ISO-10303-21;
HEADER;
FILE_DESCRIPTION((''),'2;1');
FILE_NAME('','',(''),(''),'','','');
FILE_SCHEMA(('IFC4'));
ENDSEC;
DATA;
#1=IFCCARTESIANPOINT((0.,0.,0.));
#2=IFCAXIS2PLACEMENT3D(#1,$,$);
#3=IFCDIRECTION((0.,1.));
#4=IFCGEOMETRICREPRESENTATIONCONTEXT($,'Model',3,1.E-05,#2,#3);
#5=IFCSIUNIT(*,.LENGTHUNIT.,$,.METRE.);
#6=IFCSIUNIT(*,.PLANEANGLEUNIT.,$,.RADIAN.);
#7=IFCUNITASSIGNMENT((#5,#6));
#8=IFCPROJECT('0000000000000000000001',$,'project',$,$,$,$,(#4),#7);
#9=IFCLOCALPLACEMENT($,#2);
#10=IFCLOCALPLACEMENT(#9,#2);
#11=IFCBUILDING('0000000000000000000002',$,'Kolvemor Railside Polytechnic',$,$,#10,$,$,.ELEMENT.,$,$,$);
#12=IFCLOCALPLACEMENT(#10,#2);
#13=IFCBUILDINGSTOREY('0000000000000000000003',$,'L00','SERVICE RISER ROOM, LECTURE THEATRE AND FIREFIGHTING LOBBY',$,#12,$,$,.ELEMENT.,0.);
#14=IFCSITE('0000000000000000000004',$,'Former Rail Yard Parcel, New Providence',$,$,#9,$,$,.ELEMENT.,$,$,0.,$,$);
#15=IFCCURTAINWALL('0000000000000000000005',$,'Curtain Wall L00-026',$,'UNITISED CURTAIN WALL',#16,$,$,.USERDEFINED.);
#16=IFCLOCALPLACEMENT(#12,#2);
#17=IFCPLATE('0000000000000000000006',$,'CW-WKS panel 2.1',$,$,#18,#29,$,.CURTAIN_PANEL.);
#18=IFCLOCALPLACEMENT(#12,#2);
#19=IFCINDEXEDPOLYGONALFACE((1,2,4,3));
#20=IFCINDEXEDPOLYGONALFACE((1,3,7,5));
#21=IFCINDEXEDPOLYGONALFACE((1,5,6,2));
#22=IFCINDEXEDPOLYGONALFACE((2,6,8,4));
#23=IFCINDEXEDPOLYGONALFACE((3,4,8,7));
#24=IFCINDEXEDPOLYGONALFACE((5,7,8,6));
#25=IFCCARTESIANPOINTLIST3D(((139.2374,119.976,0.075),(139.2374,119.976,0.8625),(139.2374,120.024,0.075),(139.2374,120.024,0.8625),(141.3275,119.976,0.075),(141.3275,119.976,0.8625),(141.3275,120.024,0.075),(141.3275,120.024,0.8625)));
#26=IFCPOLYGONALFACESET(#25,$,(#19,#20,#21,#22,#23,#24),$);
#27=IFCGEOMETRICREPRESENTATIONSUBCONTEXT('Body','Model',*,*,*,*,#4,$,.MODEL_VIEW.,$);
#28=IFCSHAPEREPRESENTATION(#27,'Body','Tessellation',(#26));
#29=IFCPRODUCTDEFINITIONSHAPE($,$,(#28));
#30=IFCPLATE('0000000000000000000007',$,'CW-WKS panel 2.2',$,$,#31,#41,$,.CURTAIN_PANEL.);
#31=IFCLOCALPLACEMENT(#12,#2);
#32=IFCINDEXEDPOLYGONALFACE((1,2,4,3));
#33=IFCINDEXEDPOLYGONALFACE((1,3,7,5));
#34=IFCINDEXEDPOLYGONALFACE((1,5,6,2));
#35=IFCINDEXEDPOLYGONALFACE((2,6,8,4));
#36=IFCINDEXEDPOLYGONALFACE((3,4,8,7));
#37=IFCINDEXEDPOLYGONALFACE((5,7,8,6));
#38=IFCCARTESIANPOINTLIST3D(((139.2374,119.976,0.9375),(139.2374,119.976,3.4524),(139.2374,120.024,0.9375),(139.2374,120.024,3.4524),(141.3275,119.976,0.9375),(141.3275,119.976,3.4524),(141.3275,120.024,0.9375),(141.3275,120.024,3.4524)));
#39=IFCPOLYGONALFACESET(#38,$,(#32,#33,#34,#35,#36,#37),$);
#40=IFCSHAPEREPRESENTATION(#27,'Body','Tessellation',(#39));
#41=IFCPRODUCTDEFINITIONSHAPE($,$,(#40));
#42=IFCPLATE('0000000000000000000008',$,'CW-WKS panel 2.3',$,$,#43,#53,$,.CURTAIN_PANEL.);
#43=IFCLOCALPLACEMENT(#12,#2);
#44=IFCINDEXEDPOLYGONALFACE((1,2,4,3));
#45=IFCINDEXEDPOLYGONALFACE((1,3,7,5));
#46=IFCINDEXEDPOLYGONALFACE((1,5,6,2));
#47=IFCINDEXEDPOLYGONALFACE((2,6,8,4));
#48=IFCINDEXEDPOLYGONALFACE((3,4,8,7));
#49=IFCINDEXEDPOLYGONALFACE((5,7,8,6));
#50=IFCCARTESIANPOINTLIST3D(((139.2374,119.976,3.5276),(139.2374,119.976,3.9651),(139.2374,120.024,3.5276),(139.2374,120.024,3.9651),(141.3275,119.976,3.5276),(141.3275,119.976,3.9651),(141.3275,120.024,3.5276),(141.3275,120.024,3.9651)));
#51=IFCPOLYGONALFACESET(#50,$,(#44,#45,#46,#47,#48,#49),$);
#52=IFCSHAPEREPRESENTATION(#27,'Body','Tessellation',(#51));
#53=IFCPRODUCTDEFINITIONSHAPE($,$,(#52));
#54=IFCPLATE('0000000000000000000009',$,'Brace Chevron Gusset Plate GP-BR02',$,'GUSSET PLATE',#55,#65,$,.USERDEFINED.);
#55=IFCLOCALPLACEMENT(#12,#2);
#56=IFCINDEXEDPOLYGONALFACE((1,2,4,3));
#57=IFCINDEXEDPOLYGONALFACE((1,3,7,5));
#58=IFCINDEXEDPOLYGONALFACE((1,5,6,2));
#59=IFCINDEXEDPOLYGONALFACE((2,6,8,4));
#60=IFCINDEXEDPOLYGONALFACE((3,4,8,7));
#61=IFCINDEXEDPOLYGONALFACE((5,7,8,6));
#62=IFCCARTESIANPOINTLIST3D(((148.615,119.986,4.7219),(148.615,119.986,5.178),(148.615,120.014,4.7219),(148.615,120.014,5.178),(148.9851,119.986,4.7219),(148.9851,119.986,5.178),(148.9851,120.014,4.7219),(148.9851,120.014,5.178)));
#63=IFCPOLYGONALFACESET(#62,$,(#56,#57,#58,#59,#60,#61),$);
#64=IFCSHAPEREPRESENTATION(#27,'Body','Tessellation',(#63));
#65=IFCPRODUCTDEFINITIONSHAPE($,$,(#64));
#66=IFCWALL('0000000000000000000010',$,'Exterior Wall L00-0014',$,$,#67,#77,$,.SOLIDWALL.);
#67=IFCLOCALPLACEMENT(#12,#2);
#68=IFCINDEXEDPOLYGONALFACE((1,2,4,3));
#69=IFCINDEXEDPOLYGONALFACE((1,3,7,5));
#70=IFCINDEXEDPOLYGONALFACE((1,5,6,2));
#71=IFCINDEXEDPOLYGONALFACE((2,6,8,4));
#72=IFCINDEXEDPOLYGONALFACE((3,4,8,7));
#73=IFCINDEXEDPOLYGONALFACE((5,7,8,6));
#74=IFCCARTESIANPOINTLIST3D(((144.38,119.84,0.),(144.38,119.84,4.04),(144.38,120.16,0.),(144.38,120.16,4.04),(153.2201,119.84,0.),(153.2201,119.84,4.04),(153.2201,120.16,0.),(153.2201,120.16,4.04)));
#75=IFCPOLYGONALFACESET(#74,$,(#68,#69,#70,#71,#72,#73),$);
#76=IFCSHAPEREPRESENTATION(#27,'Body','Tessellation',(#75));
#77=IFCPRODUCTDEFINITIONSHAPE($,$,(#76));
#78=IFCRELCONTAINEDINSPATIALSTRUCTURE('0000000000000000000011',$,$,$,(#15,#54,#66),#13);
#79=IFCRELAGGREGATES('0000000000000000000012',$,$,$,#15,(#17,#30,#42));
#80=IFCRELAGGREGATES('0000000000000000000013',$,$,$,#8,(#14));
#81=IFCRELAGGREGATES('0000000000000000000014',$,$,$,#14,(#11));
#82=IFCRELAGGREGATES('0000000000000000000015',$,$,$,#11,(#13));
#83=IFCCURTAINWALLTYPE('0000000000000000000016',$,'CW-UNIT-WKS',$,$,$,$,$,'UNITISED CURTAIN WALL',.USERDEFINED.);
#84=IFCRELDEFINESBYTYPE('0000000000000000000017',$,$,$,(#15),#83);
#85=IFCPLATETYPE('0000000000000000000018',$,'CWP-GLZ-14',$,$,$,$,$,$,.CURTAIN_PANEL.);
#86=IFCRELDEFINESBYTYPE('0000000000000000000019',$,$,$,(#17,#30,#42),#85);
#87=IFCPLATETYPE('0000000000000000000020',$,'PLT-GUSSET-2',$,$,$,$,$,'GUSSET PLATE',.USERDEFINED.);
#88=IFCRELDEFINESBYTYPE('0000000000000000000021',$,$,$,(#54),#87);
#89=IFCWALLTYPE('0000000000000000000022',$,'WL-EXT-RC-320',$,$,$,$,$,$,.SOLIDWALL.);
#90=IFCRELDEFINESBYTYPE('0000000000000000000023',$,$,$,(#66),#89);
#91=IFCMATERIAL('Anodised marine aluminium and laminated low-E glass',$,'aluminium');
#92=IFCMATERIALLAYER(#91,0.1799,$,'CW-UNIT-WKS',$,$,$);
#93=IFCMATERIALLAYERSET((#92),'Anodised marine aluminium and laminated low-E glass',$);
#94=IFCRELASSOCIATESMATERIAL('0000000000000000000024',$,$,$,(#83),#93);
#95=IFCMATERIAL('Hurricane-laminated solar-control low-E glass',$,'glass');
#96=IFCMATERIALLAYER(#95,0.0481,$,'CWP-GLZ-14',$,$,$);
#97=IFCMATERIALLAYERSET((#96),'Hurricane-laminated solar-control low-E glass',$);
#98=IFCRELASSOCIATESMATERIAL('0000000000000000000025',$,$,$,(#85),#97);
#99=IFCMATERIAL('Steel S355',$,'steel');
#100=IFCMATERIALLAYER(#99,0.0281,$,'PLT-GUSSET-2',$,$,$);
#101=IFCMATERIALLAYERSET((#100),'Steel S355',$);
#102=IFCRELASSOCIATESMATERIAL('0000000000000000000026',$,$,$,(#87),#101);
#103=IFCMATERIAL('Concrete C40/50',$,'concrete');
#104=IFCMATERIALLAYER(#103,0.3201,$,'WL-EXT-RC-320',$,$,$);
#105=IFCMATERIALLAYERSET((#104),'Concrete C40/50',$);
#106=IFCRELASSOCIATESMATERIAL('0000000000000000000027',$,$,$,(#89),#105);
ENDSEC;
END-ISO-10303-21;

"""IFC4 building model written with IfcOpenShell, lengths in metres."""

from ifc_helpers import new_model, si_unit, direction, frame, frame_2d, origin, origin_2d, place, context, subcontext, project, spatial, rectangle, extrude, material, layer, layer_set, type_object, element, aggregate, save


model = new_model("IFC4")

# Units and contexts
model_context = context("Model", 3, precision=1e-05, world=origin(), true_north=direction((0.0, 1.0)))
body_context = subcontext(model_context, "Body", "Model", "MODEL_VIEW")
ifc_project = project(units=[si_unit("LENGTHUNIT", "METRE"), si_unit("PLANEANGLEUNIT", "RADIAN")], contexts=[model_context])

# Site, building, storey
site_placement = place(None, origin())
site = spatial("IfcSite", under=ifc_project, at=site_placement, Name="Former Rail Yard Parcel, New Providence", CompositionType="ELEMENT", RefElevation=0.0)
building_placement = place(site_placement, origin())
building = spatial("IfcBuilding", under=site, at=building_placement, Name="Kolvemor Railside Polytechnic", CompositionType="ELEMENT")
storey_placement = place(building_placement, origin())
storey = spatial("IfcBuildingStorey", under=building, at=storey_placement, Name="L00", Description="SERVICE RISER ROOM, LECTURE THEATRE AND FIREFIGHTING LOBBY", CompositionType="ELEMENT", Elevation=0.0)

# Curtain wall
ifc_material_1 = material(Name="Anodised marine aluminium and laminated low-E glass", Category="aluminium")
ifc_layer_1 = layer(ifc_material_1, 0.1799, Name="CW-UNIT-WKS")
ifc_layer_set_1 = layer_set([ifc_layer_1], Name="Anodised marine aluminium and laminated low-E glass")
curtain_wall_type = type_object("IfcCurtainWallType", Name="CW-UNIT-WKS", ElementType="UNITISED CURTAIN WALL", PredefinedType="USERDEFINED", material=ifc_layer_set_1)
curtain_wall_placement = place(storey_placement, origin())
curtain_wall = element("IfcCurtainWall", 1, at=curtain_wall_placement, inside=storey, type_object=curtain_wall_type, Name="Curtain Wall L00-026", ObjectType="UNITISED CURTAIN WALL", PredefinedType="USERDEFINED")

# Plates
ifc_material_2 = material(Name="Hurricane-laminated solar-control low-E glass", Category="glass")
ifc_layer_2 = layer(ifc_material_2, 0.0481, Name="CWP-GLZ-14")
ifc_layer_set_2 = layer_set([ifc_layer_2], Name="Hurricane-laminated solar-control low-E glass")
plate_type_1 = type_object("IfcPlateType", Name="CWP-GLZ-14", PredefinedType="CURTAIN_PANEL", material=ifc_layer_set_2)
plate_1_placement = place(storey_placement, frame((140.2825, 120.0, 0.075), z_axis=(0.0, 0.0, 1.0), x_axis=(-1.0, 0.0, 0.0)))
plate_1 = element("IfcPlate", 2, at=plate_1_placement, type_object=plate_type_1, Name="CW-WKS panel 2.1", PredefinedType="CURTAIN_PANEL", context=body_context, shape_type="SweptSolid", body=[
    extrude(rectangle(XDim=2.0901, YDim=0.0481, at=origin_2d()), origin(), (0.0, 0.0, 1.0), 0.7876),
])
plate_2_placement = place(storey_placement, frame((140.2825, 120.0, 0.9375), z_axis=(0.0, 0.0, 1.0), x_axis=(-1.0, 0.0, 0.0)))
plate_2 = element("IfcPlate", 3, at=plate_2_placement, type_object=plate_type_1, Name="CW-WKS panel 2.2", PredefinedType="CURTAIN_PANEL", context=body_context, shape_type="SweptSolid", body=[
    extrude(rectangle(XDim=2.0901, YDim=0.0481, at=origin_2d()), origin(), (0.0, 0.0, 1.0), 2.5149),
])
plate_3_placement = place(storey_placement, frame((140.2825, 120.0, 3.5276), z_axis=(0.0, 0.0, 1.0), x_axis=(-1.0, 0.0, 0.0)))
plate_3 = element("IfcPlate", 4, at=plate_3_placement, type_object=plate_type_1, Name="CW-WKS panel 2.3", PredefinedType="CURTAIN_PANEL", context=body_context, shape_type="SweptSolid", body=[
    extrude(rectangle(XDim=2.0901, YDim=0.0481, at=origin_2d()), origin(), (0.0, 0.0, 1.0), 0.4375),
])
aggregate(curtain_wall, [plate_1, plate_2, plate_3])
ifc_material_3 = material(Name="Steel S355", Category="steel")
ifc_layer_3 = layer(ifc_material_3, 0.0281, Name="PLT-GUSSET-2")
ifc_layer_set_3 = layer_set([ifc_layer_3], Name="Steel S355")
plate_type_2 = type_object("IfcPlateType", Name="PLT-GUSSET-2", ElementType="GUSSET PLATE", PredefinedType="USERDEFINED", material=ifc_layer_set_3)
plate_4_placement = place(storey_placement, frame((148.8, 120.0, 4.7219), z_axis=(0.0, 0.0, 1.0), x_axis=(1.0, 0.0, 0.0)))
element("IfcPlate", 5, at=plate_4_placement, inside=storey, type_object=plate_type_2, Name="Brace Chevron Gusset Plate GP-BR02", ObjectType="GUSSET PLATE", PredefinedType="USERDEFINED", context=body_context, shape_type="SweptSolid", body=[
    extrude(rectangle(XDim=0.3701, YDim=0.0281, at=origin_2d()), origin(), (0.0, 0.0, 1.0), 0.4561),
])

# Wall
ifc_material_4 = material(Name="Concrete C40/50", Category="concrete")
ifc_layer_4 = layer(ifc_material_4, 0.3201, Name="WL-EXT-RC-320")
ifc_layer_set_4 = layer_set([ifc_layer_4], Name="Concrete C40/50")
wall_type = type_object("IfcWallType", Name="WL-EXT-RC-320", PredefinedType="SOLIDWALL", material=ifc_layer_set_4)
wall_placement = place(storey_placement, frame((153.22, 120.0, 0.0), z_axis=(0.0, 0.0, 1.0), x_axis=(-1.0, 0.0, 0.0)))
element("IfcWall", 6, at=wall_placement, inside=storey, type_object=wall_type, Name="Exterior Wall L00-0014", PredefinedType="SOLIDWALL", context=body_context, shape_type="SweptSolid", body=[
    extrude(rectangle(XDim=8.8401, YDim=0.3201, at=frame_2d((4.4199, 0.0))), origin(), (0.0, 0.0, 1.0), 4.04),
])

save(model, "model.ifc")
